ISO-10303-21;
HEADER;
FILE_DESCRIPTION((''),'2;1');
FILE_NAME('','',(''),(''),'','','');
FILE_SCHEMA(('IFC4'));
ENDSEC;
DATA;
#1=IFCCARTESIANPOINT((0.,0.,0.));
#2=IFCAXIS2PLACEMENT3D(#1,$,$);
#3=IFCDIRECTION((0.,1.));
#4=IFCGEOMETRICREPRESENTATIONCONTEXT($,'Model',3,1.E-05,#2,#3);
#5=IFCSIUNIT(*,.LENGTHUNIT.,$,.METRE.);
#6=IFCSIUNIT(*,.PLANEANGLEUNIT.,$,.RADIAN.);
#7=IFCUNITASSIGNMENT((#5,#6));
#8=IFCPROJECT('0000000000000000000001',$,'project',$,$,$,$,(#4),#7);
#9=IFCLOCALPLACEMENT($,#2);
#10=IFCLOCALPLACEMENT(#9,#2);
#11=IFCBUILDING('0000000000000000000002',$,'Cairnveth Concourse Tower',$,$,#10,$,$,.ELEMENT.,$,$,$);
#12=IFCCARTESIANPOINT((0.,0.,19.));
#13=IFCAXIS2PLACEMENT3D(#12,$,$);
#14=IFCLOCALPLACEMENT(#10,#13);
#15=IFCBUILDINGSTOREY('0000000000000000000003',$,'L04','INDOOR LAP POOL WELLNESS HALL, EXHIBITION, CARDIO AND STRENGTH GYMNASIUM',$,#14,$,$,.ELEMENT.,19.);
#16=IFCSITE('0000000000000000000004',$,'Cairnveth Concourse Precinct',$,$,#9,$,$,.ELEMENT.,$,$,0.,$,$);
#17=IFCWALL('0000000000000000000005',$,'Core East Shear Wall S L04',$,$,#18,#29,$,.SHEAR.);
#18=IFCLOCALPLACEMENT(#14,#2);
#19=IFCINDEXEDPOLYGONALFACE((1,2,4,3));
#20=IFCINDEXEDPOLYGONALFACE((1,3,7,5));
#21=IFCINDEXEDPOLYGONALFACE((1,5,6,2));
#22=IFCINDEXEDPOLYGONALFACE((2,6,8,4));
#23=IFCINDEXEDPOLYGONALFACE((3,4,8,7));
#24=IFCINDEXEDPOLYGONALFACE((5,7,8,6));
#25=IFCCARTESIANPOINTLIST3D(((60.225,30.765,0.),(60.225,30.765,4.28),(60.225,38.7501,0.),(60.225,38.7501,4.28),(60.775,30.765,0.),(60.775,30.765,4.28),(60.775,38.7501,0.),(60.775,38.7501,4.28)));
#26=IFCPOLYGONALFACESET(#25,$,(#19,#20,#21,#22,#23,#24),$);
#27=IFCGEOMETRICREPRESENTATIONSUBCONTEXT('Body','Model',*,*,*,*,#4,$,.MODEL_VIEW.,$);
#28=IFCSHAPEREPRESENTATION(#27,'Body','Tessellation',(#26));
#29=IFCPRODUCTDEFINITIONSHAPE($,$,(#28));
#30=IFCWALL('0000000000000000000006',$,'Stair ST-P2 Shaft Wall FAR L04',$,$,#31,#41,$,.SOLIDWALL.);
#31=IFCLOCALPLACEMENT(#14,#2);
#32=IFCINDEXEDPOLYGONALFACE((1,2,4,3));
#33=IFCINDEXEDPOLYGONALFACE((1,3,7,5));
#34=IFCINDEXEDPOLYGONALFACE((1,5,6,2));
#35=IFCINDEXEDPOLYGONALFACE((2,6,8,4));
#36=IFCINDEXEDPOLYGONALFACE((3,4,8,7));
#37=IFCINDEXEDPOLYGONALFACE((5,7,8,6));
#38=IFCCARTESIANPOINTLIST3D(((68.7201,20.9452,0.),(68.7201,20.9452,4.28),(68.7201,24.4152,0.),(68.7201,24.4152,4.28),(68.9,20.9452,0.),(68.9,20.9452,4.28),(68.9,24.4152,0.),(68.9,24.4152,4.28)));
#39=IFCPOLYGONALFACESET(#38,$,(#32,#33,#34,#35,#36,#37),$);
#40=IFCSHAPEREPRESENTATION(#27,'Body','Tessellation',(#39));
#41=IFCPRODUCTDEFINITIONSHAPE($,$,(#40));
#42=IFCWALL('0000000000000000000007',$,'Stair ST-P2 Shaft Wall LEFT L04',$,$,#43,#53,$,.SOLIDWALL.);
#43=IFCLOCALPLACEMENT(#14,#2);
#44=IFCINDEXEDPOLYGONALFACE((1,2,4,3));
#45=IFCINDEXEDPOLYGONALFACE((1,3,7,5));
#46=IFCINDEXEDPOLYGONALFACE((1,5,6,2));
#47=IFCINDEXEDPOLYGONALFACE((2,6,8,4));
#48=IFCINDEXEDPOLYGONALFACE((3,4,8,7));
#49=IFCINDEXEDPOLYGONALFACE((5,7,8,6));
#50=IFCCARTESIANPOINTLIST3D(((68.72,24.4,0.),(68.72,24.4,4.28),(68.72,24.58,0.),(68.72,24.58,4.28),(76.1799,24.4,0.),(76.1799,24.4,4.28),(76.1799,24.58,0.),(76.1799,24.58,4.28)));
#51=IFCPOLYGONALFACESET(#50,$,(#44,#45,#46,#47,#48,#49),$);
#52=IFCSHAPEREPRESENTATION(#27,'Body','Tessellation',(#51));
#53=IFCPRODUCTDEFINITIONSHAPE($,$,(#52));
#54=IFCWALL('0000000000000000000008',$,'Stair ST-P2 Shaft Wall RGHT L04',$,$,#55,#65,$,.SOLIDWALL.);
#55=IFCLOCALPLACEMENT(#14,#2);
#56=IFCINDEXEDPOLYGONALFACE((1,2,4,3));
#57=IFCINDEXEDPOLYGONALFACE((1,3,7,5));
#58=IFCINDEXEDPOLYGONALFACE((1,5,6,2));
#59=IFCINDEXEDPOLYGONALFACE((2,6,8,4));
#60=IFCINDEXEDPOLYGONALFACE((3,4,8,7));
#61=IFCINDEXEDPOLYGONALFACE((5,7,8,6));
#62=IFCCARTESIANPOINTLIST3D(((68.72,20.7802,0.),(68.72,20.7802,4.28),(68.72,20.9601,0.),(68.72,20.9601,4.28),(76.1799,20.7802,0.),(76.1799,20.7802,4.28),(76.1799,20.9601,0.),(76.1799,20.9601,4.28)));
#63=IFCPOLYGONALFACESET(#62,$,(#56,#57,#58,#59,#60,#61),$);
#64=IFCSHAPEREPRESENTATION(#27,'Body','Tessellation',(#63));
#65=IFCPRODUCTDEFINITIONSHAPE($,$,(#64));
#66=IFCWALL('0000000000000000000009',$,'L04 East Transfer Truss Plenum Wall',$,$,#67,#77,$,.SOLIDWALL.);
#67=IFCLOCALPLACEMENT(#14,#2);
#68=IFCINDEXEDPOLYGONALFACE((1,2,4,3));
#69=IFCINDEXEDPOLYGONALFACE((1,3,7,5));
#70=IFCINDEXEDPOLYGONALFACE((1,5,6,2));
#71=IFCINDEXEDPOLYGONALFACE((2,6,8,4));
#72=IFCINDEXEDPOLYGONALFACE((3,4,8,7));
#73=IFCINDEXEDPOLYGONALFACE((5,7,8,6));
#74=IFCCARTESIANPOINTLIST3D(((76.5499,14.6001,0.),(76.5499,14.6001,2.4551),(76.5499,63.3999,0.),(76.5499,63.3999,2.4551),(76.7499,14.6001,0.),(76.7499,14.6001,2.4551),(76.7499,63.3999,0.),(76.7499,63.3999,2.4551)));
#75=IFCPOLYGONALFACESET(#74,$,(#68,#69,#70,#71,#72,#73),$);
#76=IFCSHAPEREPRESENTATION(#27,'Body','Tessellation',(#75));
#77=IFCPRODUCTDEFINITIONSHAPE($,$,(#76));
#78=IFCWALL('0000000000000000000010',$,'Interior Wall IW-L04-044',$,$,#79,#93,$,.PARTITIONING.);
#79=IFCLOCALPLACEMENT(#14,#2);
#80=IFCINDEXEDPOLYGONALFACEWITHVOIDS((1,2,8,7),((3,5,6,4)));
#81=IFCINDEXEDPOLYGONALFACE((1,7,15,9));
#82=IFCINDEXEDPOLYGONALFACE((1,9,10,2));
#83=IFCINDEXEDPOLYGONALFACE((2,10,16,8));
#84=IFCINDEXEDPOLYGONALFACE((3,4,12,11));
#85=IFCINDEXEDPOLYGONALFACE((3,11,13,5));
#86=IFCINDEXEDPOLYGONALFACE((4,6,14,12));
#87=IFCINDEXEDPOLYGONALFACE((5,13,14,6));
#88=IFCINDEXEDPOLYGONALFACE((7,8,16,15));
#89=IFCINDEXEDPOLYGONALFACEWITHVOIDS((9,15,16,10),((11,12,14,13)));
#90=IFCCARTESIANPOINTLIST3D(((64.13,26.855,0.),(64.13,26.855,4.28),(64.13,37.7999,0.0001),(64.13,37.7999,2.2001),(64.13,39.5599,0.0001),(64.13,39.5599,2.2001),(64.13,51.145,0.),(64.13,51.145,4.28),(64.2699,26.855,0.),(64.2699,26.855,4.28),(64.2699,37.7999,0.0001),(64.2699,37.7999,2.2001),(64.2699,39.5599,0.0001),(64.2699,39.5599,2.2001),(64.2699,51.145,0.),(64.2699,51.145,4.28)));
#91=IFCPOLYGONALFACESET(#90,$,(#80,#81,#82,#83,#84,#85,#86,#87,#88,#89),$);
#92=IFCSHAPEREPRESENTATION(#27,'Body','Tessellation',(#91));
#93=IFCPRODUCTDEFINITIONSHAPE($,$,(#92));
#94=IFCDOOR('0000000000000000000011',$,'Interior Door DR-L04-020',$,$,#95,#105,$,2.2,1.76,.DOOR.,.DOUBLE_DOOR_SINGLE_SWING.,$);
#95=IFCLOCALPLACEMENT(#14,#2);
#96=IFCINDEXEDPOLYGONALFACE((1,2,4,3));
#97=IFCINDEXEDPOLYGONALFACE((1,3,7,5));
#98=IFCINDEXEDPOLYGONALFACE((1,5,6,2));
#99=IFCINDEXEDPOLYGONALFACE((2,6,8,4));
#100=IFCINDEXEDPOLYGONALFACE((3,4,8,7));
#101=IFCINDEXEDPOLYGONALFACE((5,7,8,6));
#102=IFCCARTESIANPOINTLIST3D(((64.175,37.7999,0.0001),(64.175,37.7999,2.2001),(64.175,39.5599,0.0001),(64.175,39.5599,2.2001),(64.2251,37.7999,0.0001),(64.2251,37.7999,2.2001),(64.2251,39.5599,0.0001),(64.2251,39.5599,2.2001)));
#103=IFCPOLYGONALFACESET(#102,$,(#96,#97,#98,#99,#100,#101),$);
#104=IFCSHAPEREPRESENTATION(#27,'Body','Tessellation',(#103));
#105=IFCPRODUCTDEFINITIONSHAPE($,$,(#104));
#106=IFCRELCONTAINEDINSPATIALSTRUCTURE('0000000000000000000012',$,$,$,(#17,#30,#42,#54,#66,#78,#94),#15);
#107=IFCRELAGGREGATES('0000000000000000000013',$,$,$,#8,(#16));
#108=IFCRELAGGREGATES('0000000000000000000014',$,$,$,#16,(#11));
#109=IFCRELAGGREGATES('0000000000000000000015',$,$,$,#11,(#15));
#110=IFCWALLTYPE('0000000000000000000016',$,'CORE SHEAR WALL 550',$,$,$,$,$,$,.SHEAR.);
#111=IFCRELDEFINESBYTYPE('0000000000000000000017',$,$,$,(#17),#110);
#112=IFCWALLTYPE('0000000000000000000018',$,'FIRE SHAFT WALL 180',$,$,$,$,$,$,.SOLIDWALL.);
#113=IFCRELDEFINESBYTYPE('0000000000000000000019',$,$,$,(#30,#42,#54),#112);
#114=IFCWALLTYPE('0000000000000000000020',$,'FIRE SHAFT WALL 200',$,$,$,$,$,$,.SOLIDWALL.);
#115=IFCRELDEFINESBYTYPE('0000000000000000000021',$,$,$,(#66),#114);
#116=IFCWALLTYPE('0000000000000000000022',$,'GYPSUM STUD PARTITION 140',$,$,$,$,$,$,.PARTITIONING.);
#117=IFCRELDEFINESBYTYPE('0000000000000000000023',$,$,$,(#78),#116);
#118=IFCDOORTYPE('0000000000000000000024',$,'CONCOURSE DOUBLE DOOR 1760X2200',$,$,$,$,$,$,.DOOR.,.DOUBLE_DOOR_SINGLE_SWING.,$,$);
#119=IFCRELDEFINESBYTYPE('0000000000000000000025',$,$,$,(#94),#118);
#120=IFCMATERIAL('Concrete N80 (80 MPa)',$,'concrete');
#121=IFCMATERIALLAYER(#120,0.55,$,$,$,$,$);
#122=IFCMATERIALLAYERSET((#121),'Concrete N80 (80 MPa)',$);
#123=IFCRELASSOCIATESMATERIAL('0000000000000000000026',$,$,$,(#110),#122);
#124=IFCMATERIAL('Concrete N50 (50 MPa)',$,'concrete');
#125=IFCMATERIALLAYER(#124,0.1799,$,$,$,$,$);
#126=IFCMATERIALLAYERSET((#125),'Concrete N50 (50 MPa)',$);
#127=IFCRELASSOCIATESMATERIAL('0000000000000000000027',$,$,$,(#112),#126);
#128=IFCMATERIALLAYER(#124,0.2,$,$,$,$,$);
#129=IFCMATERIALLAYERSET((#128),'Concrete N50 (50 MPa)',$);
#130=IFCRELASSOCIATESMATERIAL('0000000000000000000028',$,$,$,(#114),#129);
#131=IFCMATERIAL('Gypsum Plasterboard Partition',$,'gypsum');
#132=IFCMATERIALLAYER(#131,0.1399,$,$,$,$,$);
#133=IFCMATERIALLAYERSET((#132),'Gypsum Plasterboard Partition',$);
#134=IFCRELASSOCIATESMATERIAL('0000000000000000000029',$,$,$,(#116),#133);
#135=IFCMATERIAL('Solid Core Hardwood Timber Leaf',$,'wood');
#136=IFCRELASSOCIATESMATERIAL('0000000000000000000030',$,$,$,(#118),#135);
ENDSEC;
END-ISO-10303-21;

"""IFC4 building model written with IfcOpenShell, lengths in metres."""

from ifc_helpers import new_model, si_unit, direction, frame, frame_2d, origin, place, context, subcontext, project, spatial, rectangle, extrude, material, layer, layer_set, type_object, element, fill, save


model = new_model("IFC4")

# Units and contexts
model_context = context("Model", 3, precision=1e-05, world=origin(), true_north=direction((0.0, 1.0)))
body_context = subcontext(model_context, "Body", "Model", "MODEL_VIEW")
ifc_project = project(units=[si_unit("LENGTHUNIT", "METRE"), si_unit("PLANEANGLEUNIT", "RADIAN")], contexts=[model_context])

# Site, building, storey
site_placement = place(None, origin())
site = spatial("IfcSite", under=ifc_project, at=site_placement, Name="Cairnveth Concourse Precinct", CompositionType="ELEMENT", RefElevation=0.0)
building_placement = place(site_placement, origin())
building = spatial("IfcBuilding", under=site, at=building_placement, Name="Cairnveth Concourse Tower", CompositionType="ELEMENT")
storey_placement = place(building_placement, frame((0.0, 0.0, 19.0)))
storey = spatial("IfcBuildingStorey", under=building, at=storey_placement, Name="L04", Description="INDOOR LAP POOL WELLNESS HALL, EXHIBITION, CARDIO AND STRENGTH GYMNASIUM", CompositionType="ELEMENT", Elevation=19.0)

# Shared definitions
ifc_material_1 = material(Name="Concrete N80 (80 MPa)", Category="concrete")

# Wall
ifc_layer_1 = layer(ifc_material_1, 0.55)
ifc_layer_set_1 = layer_set([ifc_layer_1], Name="Concrete N80 (80 MPa)")
wall_type_1 = type_object("IfcWallType", Name="CORE SHEAR WALL 550", PredefinedType="SHEAR", material=ifc_layer_set_1)
wall_1_placement = place(storey_placement, frame((60.5, 30.7649, 0.0), z_axis=(0.0, 0.0, 1.0), x_axis=(0.0, 1.0, 0.0)))
element("IfcWall", 1, at=wall_1_placement, inside=storey, type_object=wall_type_1, Name="Core East Shear Wall S L04", PredefinedType="SHEAR", context=body_context, shape_type="SweptSolid", body=[
    extrude(rectangle(XDim=7.9851, YDim=0.55, at=frame_2d((3.9927, 0.0))), origin(), (0.0, 0.0, 1.0), 4.28),
])

# Shared definitions
ifc_material_2 = material(Name="Concrete N50 (50 MPa)", Category="concrete")
ifc_layer_2 = layer(ifc_material_2, 0.1799)
ifc_layer_set_2 = layer_set([ifc_layer_2], Name="Concrete N50 (50 MPa)")
wall_type_2 = type_object("IfcWallType", Name="FIRE SHAFT WALL 180", PredefinedType="SOLIDWALL", material=ifc_layer_set_2)

# Walls
wall_2_placement = place(storey_placement, frame((68.8101, 24.415, 0.0), z_axis=(0.0, 0.0, 1.0), x_axis=(0.0, -1.0, 0.0)))
element("IfcWall", 2, at=wall_2_placement, inside=storey, type_object=wall_type_2, Name="Stair ST-P2 Shaft Wall FAR L04", PredefinedType="SOLIDWALL", context=body_context, shape_type="SweptSolid", body=[
    extrude(rectangle(XDim=3.47, YDim=0.1799, at=frame_2d((1.7349, 0.0))), origin(), (0.0, 0.0, 1.0), 4.28),
])
for number, where, z_axis, x_axis, name in (
    (3, (76.1799, 24.49, 0.0), (0.0, 0.0, 1.0), (-1.0, 0.0, 0.0), "Stair ST-P2 Shaft Wall LEFT L04"),
    (4, (76.1799, 20.8701, 0.0), (0.0, 0.0, 1.0), (-1.0, 0.0, 0.0), "Stair ST-P2 Shaft Wall RGHT L04"),
):
    element("IfcWall", number, at=place(storey_placement, frame(where, z_axis=z_axis, x_axis=x_axis)), inside=storey, type_object=wall_type_2, Name=name, PredefinedType="SOLIDWALL", context=body_context, shape_type="SweptSolid", body=[
        extrude(rectangle(XDim=7.46, YDim=0.1799, at=frame_2d((3.73, 0.0))), origin(), (0.0, 0.0, 1.0), 4.28),
    ])
ifc_layer_3 = layer(ifc_material_2, 0.2)
ifc_layer_set_3 = layer_set([ifc_layer_3], Name="Concrete N50 (50 MPa)")
wall_type_3 = type_object("IfcWallType", Name="FIRE SHAFT WALL 200", PredefinedType="SOLIDWALL", material=ifc_layer_set_3)
wall_3_placement = place(storey_placement, frame((76.6499, 14.6001, 0.0), z_axis=(0.0, 0.0, 1.0), x_axis=(0.0, 1.0, 0.0)))
element("IfcWall", 5, at=wall_3_placement, inside=storey, type_object=wall_type_3, Name="L04 East Transfer Truss Plenum Wall", PredefinedType="SOLIDWALL", context=body_context, shape_type="SweptSolid", body=[
    extrude(rectangle(XDim=48.7998, YDim=0.2, at=frame_2d((24.3999, 0.0))), origin(), (0.0, 0.0, 1.0), 2.4551),
])

# Wall, opening, door
ifc_material_3 = material(Name="Gypsum Plasterboard Partition", Category="gypsum")
ifc_layer_4 = layer(ifc_material_3, 0.1399)
ifc_layer_set_4 = layer_set([ifc_layer_4], Name="Gypsum Plasterboard Partition")
wall_type_4 = type_object("IfcWallType", Name="GYPSUM STUD PARTITION 140", PredefinedType="PARTITIONING", material=ifc_layer_set_4)
wall_4_placement = place(storey_placement, frame((64.2, 26.855, 0.0), z_axis=(0.0, 0.0, 1.0), x_axis=(0.0, 1.0, 0.0)))
wall_4 = element("IfcWall", 6, at=wall_4_placement, inside=storey, type_object=wall_type_4, Name="Interior Wall IW-L04-044", PredefinedType="PARTITIONING", context=body_context, shape_type="SweptSolid", body=[
    extrude(rectangle(XDim=24.29, YDim=0.1399, at=frame_2d((12.145, 0.0))), origin(), (0.0, 0.0, 1.0), 4.28),
])
opening_1_placement = place(wall_4_placement, frame((10.9451, 0.0, 0.0)))
opening_1 = element("IfcOpeningElement", 7, at=opening_1_placement, cuts=wall_4, PredefinedType="OPENING", context=body_context, shape_type="SweptSolid", body=[
    extrude(rectangle(XDim=1.76, YDim=2.2, at=frame_2d((0.8799, 1.1001))), frame((0.0, 0.0798, 0.0), z_axis=(0.0, -1.0, 0.0), x_axis=(1.0, 0.0, 0.0)), (0.0, 0.0, 1.0), 0.1599),
])
ifc_material_4 = material(Name="Solid Core Hardwood Timber Leaf", Category="wood")
door_type_1 = type_object("IfcDoorType", Name="CONCOURSE DOUBLE DOOR 1760X2200", OperationType="DOUBLE_DOOR_SINGLE_SWING", PredefinedType="DOOR", material=ifc_material_4)
door_1_placement = place(opening_1_placement, origin())
door_1 = element("IfcDoor", 8, at=door_1_placement, inside=storey, type_object=door_type_1, Name="Interior Door DR-L04-020", OperationType="DOUBLE_DOOR_SINGLE_SWING", OverallHeight=2.2, OverallWidth=1.76, PredefinedType="DOOR", context=body_context, shape_type="SweptSolid", body=[
    extrude(rectangle(XDim=1.76, YDim=2.2, at=frame_2d((0.8799, 1.1001))), frame((0.0, 0.0249, 0.0), z_axis=(0.0, -1.0, 0.0), x_axis=(1.0, 0.0, 0.0)), (0.0, 0.0, 1.0), 0.05),
])
fill(opening_1, door_1)

save(model, "model.ifc")
